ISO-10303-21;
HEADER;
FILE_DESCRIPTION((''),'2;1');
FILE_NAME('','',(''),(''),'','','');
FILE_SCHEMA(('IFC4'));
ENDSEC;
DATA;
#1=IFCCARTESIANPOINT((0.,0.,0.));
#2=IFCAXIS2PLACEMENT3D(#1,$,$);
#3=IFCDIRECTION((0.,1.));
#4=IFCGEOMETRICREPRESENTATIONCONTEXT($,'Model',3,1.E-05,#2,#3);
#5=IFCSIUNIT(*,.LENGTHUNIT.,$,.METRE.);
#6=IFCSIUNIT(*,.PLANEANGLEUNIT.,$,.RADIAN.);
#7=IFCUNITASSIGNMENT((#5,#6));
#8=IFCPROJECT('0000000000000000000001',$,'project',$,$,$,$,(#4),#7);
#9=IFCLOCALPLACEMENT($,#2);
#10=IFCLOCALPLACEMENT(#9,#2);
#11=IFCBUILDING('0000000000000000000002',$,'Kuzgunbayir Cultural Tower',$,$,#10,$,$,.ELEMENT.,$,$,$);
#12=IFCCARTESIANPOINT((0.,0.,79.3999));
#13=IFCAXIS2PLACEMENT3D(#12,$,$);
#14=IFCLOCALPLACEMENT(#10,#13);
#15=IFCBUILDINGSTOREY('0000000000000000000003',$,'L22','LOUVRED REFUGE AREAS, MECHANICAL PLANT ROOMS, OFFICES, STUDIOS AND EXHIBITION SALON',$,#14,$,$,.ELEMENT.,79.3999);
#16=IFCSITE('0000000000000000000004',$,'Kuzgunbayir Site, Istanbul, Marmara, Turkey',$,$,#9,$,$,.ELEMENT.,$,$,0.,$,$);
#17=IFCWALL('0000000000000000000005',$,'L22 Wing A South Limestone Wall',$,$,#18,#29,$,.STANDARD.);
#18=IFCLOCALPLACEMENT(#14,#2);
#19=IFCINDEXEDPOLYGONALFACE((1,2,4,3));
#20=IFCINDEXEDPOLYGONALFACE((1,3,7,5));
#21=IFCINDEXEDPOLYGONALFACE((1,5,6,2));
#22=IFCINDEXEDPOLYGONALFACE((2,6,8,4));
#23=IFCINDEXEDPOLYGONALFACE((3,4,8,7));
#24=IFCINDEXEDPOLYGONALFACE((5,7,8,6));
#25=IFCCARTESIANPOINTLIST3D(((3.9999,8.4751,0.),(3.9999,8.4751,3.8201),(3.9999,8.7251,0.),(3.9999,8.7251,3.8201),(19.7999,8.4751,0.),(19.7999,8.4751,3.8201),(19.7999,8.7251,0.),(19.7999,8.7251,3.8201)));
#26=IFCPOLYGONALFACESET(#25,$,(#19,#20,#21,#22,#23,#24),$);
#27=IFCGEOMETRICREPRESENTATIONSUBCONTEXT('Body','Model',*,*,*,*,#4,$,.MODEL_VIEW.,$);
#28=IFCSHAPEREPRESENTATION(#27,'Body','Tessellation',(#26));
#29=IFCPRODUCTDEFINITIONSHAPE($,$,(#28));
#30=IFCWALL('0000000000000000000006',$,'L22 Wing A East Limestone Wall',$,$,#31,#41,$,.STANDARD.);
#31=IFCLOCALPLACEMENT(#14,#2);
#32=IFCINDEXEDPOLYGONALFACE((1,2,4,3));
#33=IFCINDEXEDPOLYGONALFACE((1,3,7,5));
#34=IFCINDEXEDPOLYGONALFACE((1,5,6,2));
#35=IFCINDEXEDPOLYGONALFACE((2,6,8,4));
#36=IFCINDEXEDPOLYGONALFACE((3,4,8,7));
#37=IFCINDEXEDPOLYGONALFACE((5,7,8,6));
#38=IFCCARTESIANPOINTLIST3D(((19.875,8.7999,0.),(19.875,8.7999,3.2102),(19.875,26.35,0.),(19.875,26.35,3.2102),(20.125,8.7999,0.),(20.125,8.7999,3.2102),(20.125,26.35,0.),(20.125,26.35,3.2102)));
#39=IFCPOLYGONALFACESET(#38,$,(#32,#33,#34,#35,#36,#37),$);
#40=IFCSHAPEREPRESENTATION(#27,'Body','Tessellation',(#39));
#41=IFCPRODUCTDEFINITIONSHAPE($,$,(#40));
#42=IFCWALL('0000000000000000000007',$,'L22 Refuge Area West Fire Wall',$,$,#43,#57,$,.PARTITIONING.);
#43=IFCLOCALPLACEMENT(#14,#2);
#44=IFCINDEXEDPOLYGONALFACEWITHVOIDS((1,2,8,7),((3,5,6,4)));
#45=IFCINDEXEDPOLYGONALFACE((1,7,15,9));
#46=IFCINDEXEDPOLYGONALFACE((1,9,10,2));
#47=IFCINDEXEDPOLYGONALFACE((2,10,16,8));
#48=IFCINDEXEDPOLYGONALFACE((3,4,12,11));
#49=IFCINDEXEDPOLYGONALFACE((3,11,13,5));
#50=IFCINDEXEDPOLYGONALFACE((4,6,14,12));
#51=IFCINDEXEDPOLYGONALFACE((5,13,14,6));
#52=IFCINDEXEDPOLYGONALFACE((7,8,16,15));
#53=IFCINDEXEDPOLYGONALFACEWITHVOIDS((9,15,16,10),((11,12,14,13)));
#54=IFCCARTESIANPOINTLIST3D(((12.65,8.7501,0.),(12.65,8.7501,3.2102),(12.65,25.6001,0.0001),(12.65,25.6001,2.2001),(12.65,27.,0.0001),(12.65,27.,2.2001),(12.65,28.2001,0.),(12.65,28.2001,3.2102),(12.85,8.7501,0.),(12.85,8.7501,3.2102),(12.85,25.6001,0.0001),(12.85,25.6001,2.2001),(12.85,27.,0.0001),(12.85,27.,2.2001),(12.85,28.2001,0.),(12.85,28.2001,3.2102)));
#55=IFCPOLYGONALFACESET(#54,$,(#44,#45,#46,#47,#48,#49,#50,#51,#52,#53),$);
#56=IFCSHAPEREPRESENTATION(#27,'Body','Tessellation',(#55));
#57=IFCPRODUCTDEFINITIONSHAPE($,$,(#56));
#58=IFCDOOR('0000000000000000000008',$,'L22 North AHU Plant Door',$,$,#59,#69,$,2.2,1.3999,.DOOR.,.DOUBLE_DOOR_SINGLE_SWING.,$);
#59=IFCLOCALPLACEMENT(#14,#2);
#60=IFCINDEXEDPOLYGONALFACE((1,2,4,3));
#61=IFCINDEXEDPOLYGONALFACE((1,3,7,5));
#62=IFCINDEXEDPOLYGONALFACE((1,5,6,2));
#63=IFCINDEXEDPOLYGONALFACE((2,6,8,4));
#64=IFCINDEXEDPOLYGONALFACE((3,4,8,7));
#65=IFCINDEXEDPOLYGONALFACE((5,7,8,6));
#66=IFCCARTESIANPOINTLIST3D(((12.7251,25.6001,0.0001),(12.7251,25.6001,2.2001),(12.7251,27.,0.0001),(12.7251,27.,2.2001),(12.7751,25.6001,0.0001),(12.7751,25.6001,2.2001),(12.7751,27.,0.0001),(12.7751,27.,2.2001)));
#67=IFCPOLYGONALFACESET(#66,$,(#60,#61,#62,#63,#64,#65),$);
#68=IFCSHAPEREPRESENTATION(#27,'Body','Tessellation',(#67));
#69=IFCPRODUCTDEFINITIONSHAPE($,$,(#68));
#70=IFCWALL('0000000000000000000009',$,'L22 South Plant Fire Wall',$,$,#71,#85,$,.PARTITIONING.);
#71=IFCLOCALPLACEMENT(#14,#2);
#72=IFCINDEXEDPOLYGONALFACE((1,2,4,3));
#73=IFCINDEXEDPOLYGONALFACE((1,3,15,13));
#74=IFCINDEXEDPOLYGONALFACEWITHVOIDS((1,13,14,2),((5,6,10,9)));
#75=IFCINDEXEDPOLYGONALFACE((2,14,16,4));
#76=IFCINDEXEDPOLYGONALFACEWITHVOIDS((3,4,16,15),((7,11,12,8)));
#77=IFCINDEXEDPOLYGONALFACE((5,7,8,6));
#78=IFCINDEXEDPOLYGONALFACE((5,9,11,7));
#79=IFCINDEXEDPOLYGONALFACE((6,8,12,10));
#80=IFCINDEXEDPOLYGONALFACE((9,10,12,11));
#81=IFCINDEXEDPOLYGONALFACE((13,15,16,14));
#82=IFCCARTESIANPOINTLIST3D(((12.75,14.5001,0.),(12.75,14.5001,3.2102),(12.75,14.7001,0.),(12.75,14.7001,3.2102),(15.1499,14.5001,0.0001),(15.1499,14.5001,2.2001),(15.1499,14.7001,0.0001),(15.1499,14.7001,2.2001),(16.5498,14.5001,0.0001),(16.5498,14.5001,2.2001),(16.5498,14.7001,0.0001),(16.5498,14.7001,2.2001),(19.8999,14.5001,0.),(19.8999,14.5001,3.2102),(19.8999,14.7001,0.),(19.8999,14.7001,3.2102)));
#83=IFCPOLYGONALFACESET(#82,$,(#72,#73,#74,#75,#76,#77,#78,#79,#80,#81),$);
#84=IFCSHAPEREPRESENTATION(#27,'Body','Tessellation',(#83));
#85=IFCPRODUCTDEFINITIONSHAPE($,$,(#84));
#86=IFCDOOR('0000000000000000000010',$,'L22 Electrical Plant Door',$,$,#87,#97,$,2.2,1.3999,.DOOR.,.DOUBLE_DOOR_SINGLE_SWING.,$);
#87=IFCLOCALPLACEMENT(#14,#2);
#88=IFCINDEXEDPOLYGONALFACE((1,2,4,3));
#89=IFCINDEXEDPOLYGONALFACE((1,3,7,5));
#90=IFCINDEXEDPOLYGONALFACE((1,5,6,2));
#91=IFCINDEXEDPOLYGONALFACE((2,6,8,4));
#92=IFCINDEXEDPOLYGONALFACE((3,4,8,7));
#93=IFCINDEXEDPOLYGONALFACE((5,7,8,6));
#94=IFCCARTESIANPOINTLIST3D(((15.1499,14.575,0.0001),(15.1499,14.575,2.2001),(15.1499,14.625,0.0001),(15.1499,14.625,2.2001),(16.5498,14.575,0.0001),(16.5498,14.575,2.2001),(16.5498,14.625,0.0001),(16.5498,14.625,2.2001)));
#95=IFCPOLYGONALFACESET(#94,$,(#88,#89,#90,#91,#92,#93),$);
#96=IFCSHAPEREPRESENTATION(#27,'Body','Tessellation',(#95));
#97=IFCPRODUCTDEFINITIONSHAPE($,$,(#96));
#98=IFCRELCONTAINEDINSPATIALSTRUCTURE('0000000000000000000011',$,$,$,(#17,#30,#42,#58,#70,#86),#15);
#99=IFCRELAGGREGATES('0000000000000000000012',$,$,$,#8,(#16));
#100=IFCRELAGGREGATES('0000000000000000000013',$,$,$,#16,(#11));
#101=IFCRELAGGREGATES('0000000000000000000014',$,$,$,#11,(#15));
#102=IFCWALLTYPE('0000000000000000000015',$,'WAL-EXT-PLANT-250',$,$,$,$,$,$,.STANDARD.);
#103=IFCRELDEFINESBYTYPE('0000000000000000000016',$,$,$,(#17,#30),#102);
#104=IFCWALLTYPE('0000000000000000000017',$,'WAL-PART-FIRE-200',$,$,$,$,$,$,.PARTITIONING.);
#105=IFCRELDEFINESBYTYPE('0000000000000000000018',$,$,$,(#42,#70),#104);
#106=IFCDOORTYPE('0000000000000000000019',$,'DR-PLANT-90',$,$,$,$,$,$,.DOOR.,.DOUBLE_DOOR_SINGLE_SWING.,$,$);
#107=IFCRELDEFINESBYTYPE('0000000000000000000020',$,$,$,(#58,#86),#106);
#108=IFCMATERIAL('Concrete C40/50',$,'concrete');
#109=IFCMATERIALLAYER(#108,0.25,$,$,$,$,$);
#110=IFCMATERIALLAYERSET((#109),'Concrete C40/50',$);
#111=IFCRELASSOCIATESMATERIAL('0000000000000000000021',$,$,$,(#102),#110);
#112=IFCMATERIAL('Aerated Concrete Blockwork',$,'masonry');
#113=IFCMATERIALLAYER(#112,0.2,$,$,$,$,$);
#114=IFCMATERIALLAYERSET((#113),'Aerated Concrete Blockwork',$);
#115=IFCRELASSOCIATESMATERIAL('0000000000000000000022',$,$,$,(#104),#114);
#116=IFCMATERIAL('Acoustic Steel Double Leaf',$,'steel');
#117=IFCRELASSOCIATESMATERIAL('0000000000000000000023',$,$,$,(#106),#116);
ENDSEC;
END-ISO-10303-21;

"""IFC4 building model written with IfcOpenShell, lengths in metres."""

from ifc_helpers import new_model, si_unit, direction, frame, frame_2d, origin, place, context, subcontext, project, spatial, rectangle, extrude, material, layer, layer_set, type_object, element, fill, save


model = new_model("IFC4")

# Units and contexts
model_context = context("Model", 3, precision=1e-05, world=origin(), true_north=direction((0.0, 1.0)))
body_context = subcontext(model_context, "Body", "Model", "MODEL_VIEW")
ifc_project = project(units=[si_unit("LENGTHUNIT", "METRE"), si_unit("PLANEANGLEUNIT", "RADIAN")], contexts=[model_context])

# Site, building, storey
site_placement = place(None, origin())
site = spatial("IfcSite", under=ifc_project, at=site_placement, Name="Kuzgunbayir Site, Istanbul, Marmara, Turkey", CompositionType="ELEMENT", RefElevation=0.0)
building_placement = place(site_placement, origin())
building = spatial("IfcBuilding", under=site, at=building_placement, Name="Kuzgunbayir Cultural Tower", CompositionType="ELEMENT")
storey_placement = place(building_placement, frame((0.0, 0.0, 79.3999)))
storey = spatial("IfcBuildingStorey", under=building, at=storey_placement, Name="L22", Description="LOUVRED REFUGE AREAS, MECHANICAL PLANT ROOMS, OFFICES, STUDIOS AND EXHIBITION SALON", CompositionType="ELEMENT", Elevation=79.3999)

# Shared definitions
ifc_material_1 = material(Name="Concrete C40/50", Category="concrete")

# Walls
ifc_layer_1 = layer(ifc_material_1, 0.25)
ifc_layer_set_1 = layer_set([ifc_layer_1], Name="Concrete C40/50")
wall_type_1 = type_object("IfcWallType", Name="WAL-EXT-PLANT-250", PredefinedType="STANDARD", material=ifc_layer_set_1)
wall_1_placement = place(storey_placement, frame((4.0, 8.6001, 0.0), z_axis=(0.0, 0.0, 1.0), x_axis=(1.0, 0.0, 0.0)))
element("IfcWall", 1, at=wall_1_placement, inside=storey, type_object=wall_type_1, Name="L22 Wing A South Limestone Wall", PredefinedType="STANDARD", context=body_context, shape_type="SweptSolid", body=[
    extrude(rectangle(XDim=15.8, YDim=0.25, at=frame_2d((7.8999, 0.0))), origin(), (0.0, 0.0, 1.0), 3.8201),
])
wall_2_placement = place(storey_placement, frame((20.0, 8.8, 0.0), z_axis=(0.0, 0.0, 1.0), x_axis=(0.0, 1.0, 0.0)))
element("IfcWall", 2, at=wall_2_placement, inside=storey, type_object=wall_type_1, Name="L22 Wing A East Limestone Wall", PredefinedType="STANDARD", context=body_context, shape_type="SweptSolid", body=[
    extrude(rectangle(XDim=17.55, YDim=0.25, at=frame_2d((8.7749, 0.0))), origin(), (0.0, 0.0, 1.0), 3.2102),
])

# Walls, openings, doors
ifc_material_2 = material(Name="Aerated Concrete Blockwork", Category="masonry")
ifc_layer_2 = layer(ifc_material_2, 0.2)
ifc_layer_set_2 = layer_set([ifc_layer_2], Name="Aerated Concrete Blockwork")
wall_type_2 = type_object("IfcWallType", Name="WAL-PART-FIRE-200", PredefinedType="PARTITIONING", material=ifc_layer_set_2)
wall_3_placement = place(storey_placement, frame((12.75, 8.75, 0.0), z_axis=(0.0, 0.0, 1.0), x_axis=(0.0, 1.0, 0.0)))
wall_3 = element("IfcWall", 3, at=wall_3_placement, inside=storey, type_object=wall_type_2, Name="L22 Refuge Area West Fire Wall", PredefinedType="PARTITIONING", context=body_context, shape_type="SweptSolid", body=[
    extrude(rectangle(XDim=19.45, YDim=0.2, at=frame_2d((9.7251, 0.0))), origin(), (0.0, 0.0, 1.0), 3.2102),
])
opening_1_placement = place(wall_3_placement, frame((16.8501, 0.0, 0.0)))
opening_1 = element("IfcOpeningElement", 4, at=opening_1_placement, cuts=wall_3, PredefinedType="OPENING", context=body_context, shape_type="SweptSolid", body=[
    extrude(rectangle(XDim=1.3999, YDim=2.2, at=frame_2d((0.7, 1.1001))), frame((0.0, 0.1099, 0.0), z_axis=(0.0, -1.0, 0.0), x_axis=(1.0, 0.0, 0.0)), (0.0, 0.0, 1.0), 0.22),
])
ifc_material_3 = material(Name="Acoustic Steel Double Leaf", Category="steel")
door_type = type_object("IfcDoorType", Name="DR-PLANT-90", OperationType="DOUBLE_DOOR_SINGLE_SWING", PredefinedType="DOOR", material=ifc_material_3)
door_1_placement = place(opening_1_placement, origin())
door_1 = element("IfcDoor", 5, at=door_1_placement, inside=storey, type_object=door_type, Name="L22 North AHU Plant Door", OperationType="DOUBLE_DOOR_SINGLE_SWING", OverallHeight=2.2, OverallWidth=1.3999, PredefinedType="DOOR", context=body_context, shape_type="SweptSolid", body=[
    extrude(rectangle(XDim=1.3999, YDim=2.2, at=frame_2d((0.7, 1.1001))), frame((0.0, 0.0249, 0.0), z_axis=(0.0, -1.0, 0.0), x_axis=(1.0, 0.0, 0.0)), (0.0, 0.0, 1.0), 0.05),
])
fill(opening_1, door_1)
wall_4_placement = place(storey_placement, frame((12.75, 14.6001, 0.0), z_axis=(0.0, 0.0, 1.0), x_axis=(1.0, 0.0, 0.0)))
wall_4 = element("IfcWall", 6, at=wall_4_placement, inside=storey, type_object=wall_type_2, Name="L22 South Plant Fire Wall", PredefinedType="PARTITIONING", context=body_context, shape_type="SweptSolid", body=[
    extrude(rectangle(XDim=7.1499, YDim=0.2, at=frame_2d((3.575, 0.0))), origin(), (0.0, 0.0, 1.0), 3.2102),
])
opening_2_placement = place(wall_4_placement, frame((2.3999, 0.0, 0.0)))
opening_2 = element("IfcOpeningElement", 7, at=opening_2_placement, cuts=wall_4, PredefinedType="OPENING", context=body_context, shape_type="SweptSolid", body=[
    extrude(rectangle(XDim=1.3999, YDim=2.2, at=frame_2d((0.7, 1.1001))), frame((0.0, 0.1099, 0.0), z_axis=(0.0, -1.0, 0.0), x_axis=(1.0, 0.0, 0.0)), (0.0, 0.0, 1.0), 0.22),
])
door_2_placement = place(opening_2_placement, origin())
door_2 = element("IfcDoor", 8, at=door_2_placement, inside=storey, type_object=door_type, Name="L22 Electrical Plant Door", OperationType="DOUBLE_DOOR_SINGLE_SWING", OverallHeight=2.2, OverallWidth=1.3999, PredefinedType="DOOR", context=body_context, shape_type="SweptSolid", body=[
    extrude(rectangle(XDim=1.3999, YDim=2.2, at=frame_2d((0.7, 1.1001))), frame((0.0, 0.0249, 0.0), z_axis=(0.0, -1.0, 0.0), x_axis=(1.0, 0.0, 0.0)), (0.0, 0.0, 1.0), 0.05),
])
fill(opening_2, door_2)

save(model, "model.ifc")
